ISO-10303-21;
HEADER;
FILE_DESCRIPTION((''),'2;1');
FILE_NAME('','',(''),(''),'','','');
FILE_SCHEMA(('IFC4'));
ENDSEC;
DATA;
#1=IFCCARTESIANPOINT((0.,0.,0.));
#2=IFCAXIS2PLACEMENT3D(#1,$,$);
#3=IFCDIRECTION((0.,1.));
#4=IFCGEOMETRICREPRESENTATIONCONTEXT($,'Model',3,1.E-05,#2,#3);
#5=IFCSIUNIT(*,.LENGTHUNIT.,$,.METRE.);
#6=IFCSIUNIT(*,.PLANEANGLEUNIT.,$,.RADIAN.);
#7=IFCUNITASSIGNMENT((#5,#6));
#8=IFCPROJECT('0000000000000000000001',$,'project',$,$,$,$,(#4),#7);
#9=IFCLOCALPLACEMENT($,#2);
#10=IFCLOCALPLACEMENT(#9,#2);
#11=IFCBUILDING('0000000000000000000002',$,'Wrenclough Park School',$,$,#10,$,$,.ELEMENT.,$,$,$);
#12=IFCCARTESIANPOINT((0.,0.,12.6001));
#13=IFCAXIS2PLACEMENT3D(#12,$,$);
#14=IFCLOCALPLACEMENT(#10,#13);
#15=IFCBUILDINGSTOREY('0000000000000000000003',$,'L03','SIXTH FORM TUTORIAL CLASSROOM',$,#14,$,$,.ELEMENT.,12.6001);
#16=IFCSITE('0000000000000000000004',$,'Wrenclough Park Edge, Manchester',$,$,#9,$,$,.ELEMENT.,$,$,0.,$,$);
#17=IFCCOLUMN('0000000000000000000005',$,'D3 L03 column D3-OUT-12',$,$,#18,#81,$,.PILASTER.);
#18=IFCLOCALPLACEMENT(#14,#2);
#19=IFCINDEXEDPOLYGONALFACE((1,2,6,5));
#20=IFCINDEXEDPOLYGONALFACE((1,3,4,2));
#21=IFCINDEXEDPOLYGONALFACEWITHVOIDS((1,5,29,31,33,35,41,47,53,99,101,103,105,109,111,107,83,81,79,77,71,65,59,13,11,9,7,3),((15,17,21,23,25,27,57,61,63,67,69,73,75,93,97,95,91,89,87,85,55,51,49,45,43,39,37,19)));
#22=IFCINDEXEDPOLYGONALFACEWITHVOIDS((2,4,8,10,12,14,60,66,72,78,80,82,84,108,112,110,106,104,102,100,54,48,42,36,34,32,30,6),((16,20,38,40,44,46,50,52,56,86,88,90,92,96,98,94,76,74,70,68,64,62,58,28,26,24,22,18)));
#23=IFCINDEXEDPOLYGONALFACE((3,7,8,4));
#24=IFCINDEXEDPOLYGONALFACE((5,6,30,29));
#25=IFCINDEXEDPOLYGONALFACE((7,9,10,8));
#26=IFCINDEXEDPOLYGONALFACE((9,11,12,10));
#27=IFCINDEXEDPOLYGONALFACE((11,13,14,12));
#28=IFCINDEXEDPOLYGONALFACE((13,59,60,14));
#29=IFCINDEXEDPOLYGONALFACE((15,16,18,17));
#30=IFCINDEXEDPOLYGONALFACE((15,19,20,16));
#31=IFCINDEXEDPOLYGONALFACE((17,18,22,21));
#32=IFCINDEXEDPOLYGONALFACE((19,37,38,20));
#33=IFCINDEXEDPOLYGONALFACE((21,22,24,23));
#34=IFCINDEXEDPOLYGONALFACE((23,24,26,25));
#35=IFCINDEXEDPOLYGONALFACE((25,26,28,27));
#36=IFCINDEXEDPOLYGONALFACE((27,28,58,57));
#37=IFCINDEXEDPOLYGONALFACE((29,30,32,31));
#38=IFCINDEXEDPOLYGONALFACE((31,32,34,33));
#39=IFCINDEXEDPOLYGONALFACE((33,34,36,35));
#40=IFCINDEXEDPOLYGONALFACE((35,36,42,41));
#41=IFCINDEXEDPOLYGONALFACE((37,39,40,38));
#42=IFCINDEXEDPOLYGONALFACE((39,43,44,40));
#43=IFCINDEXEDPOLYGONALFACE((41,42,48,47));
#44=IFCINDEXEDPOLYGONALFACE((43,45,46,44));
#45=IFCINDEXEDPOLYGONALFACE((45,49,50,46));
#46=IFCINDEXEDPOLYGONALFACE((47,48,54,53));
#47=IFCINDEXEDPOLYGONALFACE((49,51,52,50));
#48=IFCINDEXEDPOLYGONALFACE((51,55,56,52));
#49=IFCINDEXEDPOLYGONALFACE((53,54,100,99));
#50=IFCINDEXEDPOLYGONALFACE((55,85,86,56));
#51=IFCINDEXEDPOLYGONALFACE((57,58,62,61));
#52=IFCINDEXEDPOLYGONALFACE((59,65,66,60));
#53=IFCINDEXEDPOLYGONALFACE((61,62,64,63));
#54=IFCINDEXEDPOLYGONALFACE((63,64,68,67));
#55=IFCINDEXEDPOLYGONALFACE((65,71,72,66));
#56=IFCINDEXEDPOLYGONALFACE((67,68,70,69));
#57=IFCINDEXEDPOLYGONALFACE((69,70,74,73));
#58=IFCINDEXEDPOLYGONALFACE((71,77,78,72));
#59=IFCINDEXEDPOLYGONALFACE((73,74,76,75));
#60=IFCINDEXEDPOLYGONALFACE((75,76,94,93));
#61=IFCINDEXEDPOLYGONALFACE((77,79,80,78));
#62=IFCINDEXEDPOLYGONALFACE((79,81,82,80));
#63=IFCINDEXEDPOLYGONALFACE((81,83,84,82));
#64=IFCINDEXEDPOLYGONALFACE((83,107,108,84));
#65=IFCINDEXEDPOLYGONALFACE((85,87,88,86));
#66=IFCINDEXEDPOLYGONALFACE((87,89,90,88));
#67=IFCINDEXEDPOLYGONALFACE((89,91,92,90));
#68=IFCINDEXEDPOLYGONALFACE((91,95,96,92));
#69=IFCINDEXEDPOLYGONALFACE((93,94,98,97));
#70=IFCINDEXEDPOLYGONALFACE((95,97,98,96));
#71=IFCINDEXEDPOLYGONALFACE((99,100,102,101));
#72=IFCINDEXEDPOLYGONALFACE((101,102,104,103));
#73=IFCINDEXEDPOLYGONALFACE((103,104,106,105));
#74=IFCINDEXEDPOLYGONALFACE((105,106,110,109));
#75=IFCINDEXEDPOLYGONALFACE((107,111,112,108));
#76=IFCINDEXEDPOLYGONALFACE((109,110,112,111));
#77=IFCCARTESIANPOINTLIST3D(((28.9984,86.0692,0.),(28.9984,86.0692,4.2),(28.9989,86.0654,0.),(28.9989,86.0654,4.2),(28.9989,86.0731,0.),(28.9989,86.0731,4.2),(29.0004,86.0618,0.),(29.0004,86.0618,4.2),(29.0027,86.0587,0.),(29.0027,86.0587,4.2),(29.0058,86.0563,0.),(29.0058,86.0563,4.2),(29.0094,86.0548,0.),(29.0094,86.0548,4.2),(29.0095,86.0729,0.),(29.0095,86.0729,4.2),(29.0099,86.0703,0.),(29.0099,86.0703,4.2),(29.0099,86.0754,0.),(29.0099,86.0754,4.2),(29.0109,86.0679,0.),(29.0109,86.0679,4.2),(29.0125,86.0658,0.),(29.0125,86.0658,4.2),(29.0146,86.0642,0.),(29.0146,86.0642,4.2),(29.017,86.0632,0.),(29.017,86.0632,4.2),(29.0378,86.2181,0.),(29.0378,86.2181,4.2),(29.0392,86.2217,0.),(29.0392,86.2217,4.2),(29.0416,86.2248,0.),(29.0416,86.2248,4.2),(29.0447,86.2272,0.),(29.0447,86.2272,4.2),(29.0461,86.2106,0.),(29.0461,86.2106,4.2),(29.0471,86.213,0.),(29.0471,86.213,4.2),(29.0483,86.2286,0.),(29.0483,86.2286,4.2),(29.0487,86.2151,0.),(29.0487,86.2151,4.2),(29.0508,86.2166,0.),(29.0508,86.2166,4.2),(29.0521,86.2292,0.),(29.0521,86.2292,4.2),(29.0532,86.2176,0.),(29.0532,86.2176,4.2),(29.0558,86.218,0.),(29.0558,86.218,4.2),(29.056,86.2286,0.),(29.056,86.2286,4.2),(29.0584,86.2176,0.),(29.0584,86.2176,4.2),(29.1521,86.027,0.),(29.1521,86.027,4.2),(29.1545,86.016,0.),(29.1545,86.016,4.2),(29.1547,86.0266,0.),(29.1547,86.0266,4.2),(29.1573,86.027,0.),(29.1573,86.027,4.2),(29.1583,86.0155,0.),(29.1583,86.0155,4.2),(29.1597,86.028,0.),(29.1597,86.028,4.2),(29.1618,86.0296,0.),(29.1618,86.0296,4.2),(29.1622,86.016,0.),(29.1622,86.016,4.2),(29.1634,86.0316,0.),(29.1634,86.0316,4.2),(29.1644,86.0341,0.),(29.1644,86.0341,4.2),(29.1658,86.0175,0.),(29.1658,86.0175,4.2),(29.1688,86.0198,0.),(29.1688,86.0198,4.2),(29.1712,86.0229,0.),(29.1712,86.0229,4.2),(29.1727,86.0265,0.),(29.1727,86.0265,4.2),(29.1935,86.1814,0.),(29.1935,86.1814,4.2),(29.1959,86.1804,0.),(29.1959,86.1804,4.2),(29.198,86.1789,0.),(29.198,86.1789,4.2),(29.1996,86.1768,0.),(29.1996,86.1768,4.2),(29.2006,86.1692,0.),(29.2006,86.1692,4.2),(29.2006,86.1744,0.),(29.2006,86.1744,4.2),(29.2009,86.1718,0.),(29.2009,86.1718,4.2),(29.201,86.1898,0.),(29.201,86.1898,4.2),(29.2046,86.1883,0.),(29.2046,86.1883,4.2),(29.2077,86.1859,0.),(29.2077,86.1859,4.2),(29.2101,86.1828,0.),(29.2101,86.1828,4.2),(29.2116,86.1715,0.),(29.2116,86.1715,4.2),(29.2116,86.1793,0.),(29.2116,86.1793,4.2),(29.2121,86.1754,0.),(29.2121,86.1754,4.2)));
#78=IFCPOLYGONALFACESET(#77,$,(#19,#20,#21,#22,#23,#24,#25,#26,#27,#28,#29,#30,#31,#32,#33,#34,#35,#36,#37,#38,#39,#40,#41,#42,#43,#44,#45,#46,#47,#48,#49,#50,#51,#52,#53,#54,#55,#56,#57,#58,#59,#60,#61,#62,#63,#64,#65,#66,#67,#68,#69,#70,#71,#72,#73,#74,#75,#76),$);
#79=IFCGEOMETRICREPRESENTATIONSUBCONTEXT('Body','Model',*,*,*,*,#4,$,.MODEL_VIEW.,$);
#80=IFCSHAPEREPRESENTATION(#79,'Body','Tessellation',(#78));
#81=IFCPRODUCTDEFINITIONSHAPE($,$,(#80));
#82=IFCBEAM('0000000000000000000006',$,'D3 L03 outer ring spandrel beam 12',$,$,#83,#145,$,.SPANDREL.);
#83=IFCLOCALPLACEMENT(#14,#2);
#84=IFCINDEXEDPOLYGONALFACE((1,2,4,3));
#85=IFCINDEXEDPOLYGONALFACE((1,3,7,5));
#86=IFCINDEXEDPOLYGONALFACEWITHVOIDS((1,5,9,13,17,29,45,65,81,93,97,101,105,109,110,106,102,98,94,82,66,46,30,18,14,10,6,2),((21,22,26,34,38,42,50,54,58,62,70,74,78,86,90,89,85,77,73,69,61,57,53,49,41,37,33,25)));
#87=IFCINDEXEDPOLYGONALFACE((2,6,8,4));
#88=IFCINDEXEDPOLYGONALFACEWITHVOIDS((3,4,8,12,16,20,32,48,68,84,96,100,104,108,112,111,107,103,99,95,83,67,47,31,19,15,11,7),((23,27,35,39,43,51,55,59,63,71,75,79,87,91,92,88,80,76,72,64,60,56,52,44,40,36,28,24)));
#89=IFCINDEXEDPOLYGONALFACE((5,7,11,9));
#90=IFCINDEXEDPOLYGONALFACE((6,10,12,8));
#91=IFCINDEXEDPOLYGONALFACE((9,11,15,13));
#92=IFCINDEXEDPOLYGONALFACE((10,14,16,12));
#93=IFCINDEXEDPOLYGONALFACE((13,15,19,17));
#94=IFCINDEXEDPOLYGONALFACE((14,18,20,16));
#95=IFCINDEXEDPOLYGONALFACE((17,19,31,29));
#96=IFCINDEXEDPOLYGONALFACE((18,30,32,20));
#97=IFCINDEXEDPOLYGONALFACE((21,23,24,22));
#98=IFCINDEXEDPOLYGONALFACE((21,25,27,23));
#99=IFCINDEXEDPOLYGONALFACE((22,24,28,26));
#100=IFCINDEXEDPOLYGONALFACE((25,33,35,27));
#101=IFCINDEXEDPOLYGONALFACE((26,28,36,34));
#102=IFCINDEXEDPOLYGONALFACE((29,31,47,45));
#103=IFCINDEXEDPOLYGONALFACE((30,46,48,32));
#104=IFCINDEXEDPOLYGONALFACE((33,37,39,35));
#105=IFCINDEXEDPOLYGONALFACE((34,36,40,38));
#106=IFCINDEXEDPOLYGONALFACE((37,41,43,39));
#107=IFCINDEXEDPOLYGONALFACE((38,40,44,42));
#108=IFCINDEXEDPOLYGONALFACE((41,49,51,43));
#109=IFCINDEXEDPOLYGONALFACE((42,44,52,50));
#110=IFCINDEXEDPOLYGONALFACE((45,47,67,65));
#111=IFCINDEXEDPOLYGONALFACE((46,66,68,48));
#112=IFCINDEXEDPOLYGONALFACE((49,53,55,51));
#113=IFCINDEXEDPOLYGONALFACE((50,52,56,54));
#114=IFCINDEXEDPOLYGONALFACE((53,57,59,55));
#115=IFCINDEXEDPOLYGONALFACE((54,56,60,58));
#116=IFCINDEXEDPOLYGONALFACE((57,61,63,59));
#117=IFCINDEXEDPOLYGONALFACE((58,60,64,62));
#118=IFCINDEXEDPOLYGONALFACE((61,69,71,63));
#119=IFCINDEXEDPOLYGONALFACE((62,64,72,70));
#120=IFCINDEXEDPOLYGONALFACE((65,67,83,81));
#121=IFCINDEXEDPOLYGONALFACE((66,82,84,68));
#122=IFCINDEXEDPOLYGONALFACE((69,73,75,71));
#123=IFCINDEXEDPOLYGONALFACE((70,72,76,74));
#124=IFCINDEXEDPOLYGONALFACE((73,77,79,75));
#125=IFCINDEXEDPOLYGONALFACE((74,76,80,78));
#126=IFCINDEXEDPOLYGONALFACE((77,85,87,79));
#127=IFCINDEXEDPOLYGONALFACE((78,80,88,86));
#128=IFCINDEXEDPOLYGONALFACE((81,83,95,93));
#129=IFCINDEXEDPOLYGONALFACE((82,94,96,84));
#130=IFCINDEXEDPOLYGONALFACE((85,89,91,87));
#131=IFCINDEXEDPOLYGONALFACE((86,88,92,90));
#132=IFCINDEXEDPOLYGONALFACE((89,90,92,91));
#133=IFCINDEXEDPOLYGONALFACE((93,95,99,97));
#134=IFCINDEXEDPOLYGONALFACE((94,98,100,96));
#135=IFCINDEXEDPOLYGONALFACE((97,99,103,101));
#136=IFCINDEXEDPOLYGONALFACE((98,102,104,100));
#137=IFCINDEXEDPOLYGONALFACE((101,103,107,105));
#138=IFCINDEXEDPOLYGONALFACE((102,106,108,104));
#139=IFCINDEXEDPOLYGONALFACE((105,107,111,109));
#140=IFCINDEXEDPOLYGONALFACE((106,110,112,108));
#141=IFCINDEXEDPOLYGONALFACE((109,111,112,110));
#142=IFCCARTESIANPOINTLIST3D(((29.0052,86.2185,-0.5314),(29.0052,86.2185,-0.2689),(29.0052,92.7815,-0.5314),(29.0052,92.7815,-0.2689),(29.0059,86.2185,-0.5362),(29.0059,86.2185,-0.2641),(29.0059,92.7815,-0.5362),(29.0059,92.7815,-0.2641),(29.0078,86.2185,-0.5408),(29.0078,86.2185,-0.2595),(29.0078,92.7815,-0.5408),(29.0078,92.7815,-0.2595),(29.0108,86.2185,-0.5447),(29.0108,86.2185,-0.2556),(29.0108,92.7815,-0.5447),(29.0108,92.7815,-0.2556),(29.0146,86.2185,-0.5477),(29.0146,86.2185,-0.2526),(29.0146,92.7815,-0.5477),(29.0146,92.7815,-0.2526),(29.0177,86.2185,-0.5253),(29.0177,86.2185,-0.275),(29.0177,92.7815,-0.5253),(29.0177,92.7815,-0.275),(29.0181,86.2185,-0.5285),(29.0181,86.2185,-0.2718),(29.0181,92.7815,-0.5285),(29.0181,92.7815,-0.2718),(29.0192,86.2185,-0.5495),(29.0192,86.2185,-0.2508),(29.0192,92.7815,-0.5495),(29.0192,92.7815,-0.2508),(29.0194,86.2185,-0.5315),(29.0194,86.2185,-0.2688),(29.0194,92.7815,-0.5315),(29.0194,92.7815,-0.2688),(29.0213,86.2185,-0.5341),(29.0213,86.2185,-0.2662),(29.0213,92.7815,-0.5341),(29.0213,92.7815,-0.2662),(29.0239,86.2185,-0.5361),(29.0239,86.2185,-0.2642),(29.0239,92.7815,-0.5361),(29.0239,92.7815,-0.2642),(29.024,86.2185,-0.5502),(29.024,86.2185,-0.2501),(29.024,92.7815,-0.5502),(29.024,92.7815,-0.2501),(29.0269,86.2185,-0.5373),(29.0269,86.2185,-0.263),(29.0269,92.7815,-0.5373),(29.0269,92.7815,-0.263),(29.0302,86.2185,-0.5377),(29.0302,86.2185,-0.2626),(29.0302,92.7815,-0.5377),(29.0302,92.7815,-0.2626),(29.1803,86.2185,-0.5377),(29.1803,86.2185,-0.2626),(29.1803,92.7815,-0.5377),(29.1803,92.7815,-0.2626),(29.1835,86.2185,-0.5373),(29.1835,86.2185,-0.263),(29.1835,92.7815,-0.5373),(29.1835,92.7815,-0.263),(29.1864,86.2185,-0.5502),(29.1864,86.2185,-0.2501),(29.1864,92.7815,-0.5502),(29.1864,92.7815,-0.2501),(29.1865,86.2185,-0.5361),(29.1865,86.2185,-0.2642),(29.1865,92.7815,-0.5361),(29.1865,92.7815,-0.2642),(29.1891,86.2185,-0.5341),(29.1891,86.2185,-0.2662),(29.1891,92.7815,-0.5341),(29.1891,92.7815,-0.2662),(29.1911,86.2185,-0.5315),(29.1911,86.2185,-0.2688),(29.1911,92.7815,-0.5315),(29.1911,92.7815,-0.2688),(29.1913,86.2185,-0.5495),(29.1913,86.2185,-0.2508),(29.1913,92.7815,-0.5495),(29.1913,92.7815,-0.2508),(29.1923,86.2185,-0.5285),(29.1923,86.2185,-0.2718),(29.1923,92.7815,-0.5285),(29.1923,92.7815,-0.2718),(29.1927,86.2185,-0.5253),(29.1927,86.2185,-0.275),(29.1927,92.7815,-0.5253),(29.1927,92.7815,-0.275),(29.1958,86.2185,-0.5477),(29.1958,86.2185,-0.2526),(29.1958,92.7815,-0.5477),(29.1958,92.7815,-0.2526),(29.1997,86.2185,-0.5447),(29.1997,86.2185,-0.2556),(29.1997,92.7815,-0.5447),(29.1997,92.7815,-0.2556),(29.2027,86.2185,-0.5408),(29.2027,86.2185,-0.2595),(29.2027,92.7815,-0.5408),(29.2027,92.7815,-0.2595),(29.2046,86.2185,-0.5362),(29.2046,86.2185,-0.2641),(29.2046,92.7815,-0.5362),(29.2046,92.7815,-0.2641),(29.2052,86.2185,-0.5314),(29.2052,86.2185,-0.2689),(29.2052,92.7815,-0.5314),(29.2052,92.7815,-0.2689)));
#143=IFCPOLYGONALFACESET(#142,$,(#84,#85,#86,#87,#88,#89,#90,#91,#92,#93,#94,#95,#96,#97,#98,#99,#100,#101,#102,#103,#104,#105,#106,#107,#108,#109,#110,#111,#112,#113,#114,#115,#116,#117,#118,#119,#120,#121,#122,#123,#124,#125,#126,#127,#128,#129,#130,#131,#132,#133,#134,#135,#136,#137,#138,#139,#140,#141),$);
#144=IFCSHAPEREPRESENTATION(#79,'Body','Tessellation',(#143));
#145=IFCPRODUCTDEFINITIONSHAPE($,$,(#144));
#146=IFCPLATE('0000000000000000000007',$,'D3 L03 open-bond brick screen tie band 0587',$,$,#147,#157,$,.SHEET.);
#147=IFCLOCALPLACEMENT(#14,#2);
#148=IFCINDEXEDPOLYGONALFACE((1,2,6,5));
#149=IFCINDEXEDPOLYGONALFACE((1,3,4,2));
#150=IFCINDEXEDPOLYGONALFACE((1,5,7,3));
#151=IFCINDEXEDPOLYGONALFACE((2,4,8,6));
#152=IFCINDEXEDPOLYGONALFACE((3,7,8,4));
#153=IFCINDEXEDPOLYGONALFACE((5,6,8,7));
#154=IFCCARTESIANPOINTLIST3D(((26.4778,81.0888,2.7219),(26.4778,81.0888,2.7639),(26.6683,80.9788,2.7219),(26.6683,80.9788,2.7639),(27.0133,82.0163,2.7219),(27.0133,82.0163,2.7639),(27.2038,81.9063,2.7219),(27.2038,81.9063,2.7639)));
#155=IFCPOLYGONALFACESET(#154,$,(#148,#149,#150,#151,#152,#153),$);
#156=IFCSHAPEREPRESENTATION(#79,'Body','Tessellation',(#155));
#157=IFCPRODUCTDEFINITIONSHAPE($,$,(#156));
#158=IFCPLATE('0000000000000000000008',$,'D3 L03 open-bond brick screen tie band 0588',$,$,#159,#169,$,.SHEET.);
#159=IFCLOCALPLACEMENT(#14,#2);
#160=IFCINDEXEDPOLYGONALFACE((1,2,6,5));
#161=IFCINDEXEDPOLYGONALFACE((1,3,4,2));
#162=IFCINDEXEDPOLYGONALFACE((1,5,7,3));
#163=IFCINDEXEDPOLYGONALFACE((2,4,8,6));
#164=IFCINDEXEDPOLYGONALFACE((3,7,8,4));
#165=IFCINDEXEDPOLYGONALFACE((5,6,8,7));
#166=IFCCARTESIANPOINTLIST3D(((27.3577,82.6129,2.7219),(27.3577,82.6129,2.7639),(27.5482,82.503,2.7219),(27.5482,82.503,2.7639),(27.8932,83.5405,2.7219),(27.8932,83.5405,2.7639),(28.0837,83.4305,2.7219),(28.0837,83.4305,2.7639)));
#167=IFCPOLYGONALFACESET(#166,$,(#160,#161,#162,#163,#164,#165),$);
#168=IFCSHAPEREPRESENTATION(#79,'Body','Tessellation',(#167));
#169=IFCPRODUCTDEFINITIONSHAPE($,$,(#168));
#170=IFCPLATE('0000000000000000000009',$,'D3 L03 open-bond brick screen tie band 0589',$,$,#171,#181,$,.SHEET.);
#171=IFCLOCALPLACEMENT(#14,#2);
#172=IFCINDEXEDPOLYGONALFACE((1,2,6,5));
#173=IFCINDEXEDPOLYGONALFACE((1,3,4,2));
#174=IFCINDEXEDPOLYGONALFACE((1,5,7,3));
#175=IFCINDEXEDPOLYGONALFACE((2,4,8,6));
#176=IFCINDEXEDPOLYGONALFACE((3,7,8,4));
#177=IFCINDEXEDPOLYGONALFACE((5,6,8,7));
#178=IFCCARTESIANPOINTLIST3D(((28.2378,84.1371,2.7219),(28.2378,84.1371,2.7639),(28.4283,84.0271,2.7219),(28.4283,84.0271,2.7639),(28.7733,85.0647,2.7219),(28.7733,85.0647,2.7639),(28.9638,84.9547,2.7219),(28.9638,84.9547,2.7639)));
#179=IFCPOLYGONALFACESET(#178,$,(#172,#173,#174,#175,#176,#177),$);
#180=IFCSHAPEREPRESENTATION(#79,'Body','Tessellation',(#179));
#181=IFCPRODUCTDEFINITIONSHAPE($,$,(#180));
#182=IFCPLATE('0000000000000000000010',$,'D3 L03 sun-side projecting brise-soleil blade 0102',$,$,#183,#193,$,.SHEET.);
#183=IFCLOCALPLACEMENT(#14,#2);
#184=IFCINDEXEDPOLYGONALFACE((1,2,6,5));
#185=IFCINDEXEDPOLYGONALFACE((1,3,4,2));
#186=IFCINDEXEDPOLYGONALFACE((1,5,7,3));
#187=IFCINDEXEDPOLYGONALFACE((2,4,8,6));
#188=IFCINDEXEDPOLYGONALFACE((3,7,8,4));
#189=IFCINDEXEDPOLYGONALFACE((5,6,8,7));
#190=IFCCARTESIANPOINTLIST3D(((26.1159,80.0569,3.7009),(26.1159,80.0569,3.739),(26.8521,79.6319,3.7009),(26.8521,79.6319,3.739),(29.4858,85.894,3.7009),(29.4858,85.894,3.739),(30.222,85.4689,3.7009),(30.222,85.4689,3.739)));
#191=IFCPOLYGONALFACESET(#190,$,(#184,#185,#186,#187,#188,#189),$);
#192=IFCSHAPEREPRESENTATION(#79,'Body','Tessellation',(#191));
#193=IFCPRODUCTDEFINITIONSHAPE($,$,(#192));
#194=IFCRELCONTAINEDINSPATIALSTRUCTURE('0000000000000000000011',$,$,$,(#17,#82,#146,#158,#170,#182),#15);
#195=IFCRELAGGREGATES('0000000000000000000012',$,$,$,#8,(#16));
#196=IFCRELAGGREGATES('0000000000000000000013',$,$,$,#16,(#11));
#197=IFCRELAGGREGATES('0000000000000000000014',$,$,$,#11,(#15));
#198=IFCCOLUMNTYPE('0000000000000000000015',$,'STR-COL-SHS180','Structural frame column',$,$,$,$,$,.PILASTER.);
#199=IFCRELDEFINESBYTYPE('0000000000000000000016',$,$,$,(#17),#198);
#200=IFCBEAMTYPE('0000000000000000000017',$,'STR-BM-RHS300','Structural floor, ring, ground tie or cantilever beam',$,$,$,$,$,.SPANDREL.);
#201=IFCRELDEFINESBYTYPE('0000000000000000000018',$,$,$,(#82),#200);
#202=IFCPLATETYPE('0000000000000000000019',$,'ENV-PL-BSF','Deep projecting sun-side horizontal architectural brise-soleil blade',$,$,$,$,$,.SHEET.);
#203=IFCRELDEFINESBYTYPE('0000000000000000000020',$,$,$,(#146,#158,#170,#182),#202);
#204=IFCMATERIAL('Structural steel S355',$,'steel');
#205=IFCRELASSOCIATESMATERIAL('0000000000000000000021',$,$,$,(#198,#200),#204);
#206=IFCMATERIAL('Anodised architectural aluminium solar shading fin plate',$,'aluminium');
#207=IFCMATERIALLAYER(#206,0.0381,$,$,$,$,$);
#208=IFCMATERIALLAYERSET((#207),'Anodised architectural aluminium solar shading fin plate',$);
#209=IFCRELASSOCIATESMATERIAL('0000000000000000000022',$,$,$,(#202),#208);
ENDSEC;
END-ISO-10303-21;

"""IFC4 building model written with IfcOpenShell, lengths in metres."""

from ifc_helpers import new_model, si_unit, direction, frame, origin, origin_2d, place, context, subcontext, project, spatial, rectangle, hollow_rectangle, extrude, material, layer, layer_set, material_profile, profile_set, type_object, element, save


model = new_model("IFC4")

# Units and contexts
model_context = context("Model", 3, precision=1e-05, world=origin(), true_north=direction((0.0, 1.0)))
body_context = subcontext(model_context, "Body", "Model", "MODEL_VIEW")
ifc_project = project(units=[si_unit("LENGTHUNIT", "METRE"), si_unit("PLANEANGLEUNIT", "RADIAN")], contexts=[model_context])

# Site, building, storey
site_placement = place(None, origin())
site = spatial("IfcSite", under=ifc_project, at=site_placement, Name="Wrenclough Park Edge, Manchester", CompositionType="ELEMENT", RefElevation=0.0)
building_placement = place(site_placement, origin())
building = spatial("IfcBuilding", under=site, at=building_placement, Name="Wrenclough Park School", CompositionType="ELEMENT")
storey_placement = place(building_placement, frame((0.0, 0.0, 12.6001)))
storey = spatial("IfcBuildingStorey", under=building, at=storey_placement, Name="L03", Description="SIXTH FORM TUTORIAL CLASSROOM", CompositionType="ELEMENT", Elevation=12.6001)

# Column
ifc_material_1 = material(Name="Structural steel S355", Category="steel")
ifc_material_profile_1 = material_profile(ifc_material_1, hollow_rectangle(XDim=0.1799, YDim=0.1799, WallThickness=0.01, InnerFilletRadius=0.01, OuterFilletRadius=0.0149, at=origin_2d()), Name="SHS 180x180x10.0")
ifc_profile_set_1 = profile_set([ifc_material_profile_1], Name="Structural steel S355")
column_type = type_object("IfcColumnType", Name="STR-COL-SHS180", Description="Structural frame column", PredefinedType="PILASTER", material=ifc_profile_set_1)
column_placement = place(storey_placement, frame((29.1052, 86.1223, 0.0), z_axis=(0.0, 0.0, 1.0), x_axis=(0.258819, 0.965926, 0.0)))
element("IfcColumn", 1, at=column_placement, inside=storey, type_object=column_type, Name="D3 L03 column D3-OUT-12", PredefinedType="PILASTER", context=body_context, shape_type="SweptSolid", body=[
    extrude(hollow_rectangle(XDim=0.1799, YDim=0.1799, WallThickness=0.01, InnerFilletRadius=0.01, OuterFilletRadius=0.0149, at=origin_2d()), origin(), (0.0, 0.0, 1.0), 4.2),
])

# Beam
ifc_material_profile_2 = material_profile(ifc_material_1, hollow_rectangle(XDim=0.2, YDim=0.3, WallThickness=0.0125, InnerFilletRadius=0.0125, OuterFilletRadius=0.0188, at=origin_2d()), Name="RHS 300x200x12.5")
ifc_profile_set_2 = profile_set([ifc_material_profile_2], Name="Structural steel S355")
beam_type = type_object("IfcBeamType", Name="STR-BM-RHS300", Description="Structural floor, ring, ground tie or cantilever beam", PredefinedType="SPANDREL", material=ifc_profile_set_2)
beam_placement = place(storey_placement, frame((29.1052, 86.2185, -0.4001), z_axis=(0.0, 1.0, 0.0), x_axis=(-1.0, 0.0, 0.0)))
element("IfcBeam", 2, at=beam_placement, inside=storey, type_object=beam_type, Name="D3 L03 outer ring spandrel beam 12", PredefinedType="SPANDREL", context=body_context, shape_type="SweptSolid", body=[
    extrude(hollow_rectangle(XDim=0.2, YDim=0.3, WallThickness=0.0125, InnerFilletRadius=0.0125, OuterFilletRadius=0.0188, at=origin_2d()), origin(), (0.0, 0.0, 1.0), 6.563),
])

# Plates
ifc_material_2 = material(Name="Anodised architectural aluminium solar shading fin plate", Category="aluminium")
ifc_layer_1 = layer(ifc_material_2, 0.0381)
ifc_layer_set_1 = layer_set([ifc_layer_1], Name="Anodised architectural aluminium solar shading fin plate")
plate_type = type_object("IfcPlateType", Name="ENV-PL-BSF", Description="Deep projecting sun-side horizontal architectural brise-soleil blade", PredefinedType="SHEET", material=ifc_layer_set_1)
for number, where, z_axis, x_axis, name in (
    (3, (26.8408, 81.4976, 2.7219), (0.0, 0.0, 1.0), (0.499991, 0.866031, 0.0), "D3 L03 open-bond brick screen tie band 0587"),
    (4, (27.7207, 83.0217, 2.7219), (0.0, 0.0, 1.0), (0.499991, 0.866031, 0.0), "D3 L03 open-bond brick screen tie band 0588"),
    (5, (28.6008, 84.5459, 2.7219), (0.0, 0.0, 1.0), (0.499991, 0.866031, 0.0), "D3 L03 open-bond brick screen tie band 0589"),
):
    element("IfcPlate", number, at=place(storey_placement, frame(where, z_axis=z_axis, x_axis=x_axis)), inside=storey, type_object=plate_type, Name=name, PredefinedType="SHEET", context=body_context, shape_type="SweptSolid", body=[
        extrude(rectangle(XDim=1.071, YDim=0.22, at=origin_2d()), origin(), (0.0, 0.0, 1.0), 0.042),
    ])
plate_1_placement = place(storey_placement, frame((28.1689, 82.7629, 3.7009), z_axis=(0.0, 0.0, 1.0), x_axis=(0.499991, 0.866031, 0.0)))
element("IfcPlate", 6, at=plate_1_placement, inside=storey, type_object=plate_type, Name="D3 L03 sun-side projecting brise-soleil blade 0102", PredefinedType="SHEET", context=body_context, shape_type="SweptSolid", body=[
    extrude(rectangle(XDim=6.74, YDim=0.8501, at=origin_2d()), origin(), (0.0, 0.0, 1.0), 0.0381),
])

save(model, "model.ifc")
